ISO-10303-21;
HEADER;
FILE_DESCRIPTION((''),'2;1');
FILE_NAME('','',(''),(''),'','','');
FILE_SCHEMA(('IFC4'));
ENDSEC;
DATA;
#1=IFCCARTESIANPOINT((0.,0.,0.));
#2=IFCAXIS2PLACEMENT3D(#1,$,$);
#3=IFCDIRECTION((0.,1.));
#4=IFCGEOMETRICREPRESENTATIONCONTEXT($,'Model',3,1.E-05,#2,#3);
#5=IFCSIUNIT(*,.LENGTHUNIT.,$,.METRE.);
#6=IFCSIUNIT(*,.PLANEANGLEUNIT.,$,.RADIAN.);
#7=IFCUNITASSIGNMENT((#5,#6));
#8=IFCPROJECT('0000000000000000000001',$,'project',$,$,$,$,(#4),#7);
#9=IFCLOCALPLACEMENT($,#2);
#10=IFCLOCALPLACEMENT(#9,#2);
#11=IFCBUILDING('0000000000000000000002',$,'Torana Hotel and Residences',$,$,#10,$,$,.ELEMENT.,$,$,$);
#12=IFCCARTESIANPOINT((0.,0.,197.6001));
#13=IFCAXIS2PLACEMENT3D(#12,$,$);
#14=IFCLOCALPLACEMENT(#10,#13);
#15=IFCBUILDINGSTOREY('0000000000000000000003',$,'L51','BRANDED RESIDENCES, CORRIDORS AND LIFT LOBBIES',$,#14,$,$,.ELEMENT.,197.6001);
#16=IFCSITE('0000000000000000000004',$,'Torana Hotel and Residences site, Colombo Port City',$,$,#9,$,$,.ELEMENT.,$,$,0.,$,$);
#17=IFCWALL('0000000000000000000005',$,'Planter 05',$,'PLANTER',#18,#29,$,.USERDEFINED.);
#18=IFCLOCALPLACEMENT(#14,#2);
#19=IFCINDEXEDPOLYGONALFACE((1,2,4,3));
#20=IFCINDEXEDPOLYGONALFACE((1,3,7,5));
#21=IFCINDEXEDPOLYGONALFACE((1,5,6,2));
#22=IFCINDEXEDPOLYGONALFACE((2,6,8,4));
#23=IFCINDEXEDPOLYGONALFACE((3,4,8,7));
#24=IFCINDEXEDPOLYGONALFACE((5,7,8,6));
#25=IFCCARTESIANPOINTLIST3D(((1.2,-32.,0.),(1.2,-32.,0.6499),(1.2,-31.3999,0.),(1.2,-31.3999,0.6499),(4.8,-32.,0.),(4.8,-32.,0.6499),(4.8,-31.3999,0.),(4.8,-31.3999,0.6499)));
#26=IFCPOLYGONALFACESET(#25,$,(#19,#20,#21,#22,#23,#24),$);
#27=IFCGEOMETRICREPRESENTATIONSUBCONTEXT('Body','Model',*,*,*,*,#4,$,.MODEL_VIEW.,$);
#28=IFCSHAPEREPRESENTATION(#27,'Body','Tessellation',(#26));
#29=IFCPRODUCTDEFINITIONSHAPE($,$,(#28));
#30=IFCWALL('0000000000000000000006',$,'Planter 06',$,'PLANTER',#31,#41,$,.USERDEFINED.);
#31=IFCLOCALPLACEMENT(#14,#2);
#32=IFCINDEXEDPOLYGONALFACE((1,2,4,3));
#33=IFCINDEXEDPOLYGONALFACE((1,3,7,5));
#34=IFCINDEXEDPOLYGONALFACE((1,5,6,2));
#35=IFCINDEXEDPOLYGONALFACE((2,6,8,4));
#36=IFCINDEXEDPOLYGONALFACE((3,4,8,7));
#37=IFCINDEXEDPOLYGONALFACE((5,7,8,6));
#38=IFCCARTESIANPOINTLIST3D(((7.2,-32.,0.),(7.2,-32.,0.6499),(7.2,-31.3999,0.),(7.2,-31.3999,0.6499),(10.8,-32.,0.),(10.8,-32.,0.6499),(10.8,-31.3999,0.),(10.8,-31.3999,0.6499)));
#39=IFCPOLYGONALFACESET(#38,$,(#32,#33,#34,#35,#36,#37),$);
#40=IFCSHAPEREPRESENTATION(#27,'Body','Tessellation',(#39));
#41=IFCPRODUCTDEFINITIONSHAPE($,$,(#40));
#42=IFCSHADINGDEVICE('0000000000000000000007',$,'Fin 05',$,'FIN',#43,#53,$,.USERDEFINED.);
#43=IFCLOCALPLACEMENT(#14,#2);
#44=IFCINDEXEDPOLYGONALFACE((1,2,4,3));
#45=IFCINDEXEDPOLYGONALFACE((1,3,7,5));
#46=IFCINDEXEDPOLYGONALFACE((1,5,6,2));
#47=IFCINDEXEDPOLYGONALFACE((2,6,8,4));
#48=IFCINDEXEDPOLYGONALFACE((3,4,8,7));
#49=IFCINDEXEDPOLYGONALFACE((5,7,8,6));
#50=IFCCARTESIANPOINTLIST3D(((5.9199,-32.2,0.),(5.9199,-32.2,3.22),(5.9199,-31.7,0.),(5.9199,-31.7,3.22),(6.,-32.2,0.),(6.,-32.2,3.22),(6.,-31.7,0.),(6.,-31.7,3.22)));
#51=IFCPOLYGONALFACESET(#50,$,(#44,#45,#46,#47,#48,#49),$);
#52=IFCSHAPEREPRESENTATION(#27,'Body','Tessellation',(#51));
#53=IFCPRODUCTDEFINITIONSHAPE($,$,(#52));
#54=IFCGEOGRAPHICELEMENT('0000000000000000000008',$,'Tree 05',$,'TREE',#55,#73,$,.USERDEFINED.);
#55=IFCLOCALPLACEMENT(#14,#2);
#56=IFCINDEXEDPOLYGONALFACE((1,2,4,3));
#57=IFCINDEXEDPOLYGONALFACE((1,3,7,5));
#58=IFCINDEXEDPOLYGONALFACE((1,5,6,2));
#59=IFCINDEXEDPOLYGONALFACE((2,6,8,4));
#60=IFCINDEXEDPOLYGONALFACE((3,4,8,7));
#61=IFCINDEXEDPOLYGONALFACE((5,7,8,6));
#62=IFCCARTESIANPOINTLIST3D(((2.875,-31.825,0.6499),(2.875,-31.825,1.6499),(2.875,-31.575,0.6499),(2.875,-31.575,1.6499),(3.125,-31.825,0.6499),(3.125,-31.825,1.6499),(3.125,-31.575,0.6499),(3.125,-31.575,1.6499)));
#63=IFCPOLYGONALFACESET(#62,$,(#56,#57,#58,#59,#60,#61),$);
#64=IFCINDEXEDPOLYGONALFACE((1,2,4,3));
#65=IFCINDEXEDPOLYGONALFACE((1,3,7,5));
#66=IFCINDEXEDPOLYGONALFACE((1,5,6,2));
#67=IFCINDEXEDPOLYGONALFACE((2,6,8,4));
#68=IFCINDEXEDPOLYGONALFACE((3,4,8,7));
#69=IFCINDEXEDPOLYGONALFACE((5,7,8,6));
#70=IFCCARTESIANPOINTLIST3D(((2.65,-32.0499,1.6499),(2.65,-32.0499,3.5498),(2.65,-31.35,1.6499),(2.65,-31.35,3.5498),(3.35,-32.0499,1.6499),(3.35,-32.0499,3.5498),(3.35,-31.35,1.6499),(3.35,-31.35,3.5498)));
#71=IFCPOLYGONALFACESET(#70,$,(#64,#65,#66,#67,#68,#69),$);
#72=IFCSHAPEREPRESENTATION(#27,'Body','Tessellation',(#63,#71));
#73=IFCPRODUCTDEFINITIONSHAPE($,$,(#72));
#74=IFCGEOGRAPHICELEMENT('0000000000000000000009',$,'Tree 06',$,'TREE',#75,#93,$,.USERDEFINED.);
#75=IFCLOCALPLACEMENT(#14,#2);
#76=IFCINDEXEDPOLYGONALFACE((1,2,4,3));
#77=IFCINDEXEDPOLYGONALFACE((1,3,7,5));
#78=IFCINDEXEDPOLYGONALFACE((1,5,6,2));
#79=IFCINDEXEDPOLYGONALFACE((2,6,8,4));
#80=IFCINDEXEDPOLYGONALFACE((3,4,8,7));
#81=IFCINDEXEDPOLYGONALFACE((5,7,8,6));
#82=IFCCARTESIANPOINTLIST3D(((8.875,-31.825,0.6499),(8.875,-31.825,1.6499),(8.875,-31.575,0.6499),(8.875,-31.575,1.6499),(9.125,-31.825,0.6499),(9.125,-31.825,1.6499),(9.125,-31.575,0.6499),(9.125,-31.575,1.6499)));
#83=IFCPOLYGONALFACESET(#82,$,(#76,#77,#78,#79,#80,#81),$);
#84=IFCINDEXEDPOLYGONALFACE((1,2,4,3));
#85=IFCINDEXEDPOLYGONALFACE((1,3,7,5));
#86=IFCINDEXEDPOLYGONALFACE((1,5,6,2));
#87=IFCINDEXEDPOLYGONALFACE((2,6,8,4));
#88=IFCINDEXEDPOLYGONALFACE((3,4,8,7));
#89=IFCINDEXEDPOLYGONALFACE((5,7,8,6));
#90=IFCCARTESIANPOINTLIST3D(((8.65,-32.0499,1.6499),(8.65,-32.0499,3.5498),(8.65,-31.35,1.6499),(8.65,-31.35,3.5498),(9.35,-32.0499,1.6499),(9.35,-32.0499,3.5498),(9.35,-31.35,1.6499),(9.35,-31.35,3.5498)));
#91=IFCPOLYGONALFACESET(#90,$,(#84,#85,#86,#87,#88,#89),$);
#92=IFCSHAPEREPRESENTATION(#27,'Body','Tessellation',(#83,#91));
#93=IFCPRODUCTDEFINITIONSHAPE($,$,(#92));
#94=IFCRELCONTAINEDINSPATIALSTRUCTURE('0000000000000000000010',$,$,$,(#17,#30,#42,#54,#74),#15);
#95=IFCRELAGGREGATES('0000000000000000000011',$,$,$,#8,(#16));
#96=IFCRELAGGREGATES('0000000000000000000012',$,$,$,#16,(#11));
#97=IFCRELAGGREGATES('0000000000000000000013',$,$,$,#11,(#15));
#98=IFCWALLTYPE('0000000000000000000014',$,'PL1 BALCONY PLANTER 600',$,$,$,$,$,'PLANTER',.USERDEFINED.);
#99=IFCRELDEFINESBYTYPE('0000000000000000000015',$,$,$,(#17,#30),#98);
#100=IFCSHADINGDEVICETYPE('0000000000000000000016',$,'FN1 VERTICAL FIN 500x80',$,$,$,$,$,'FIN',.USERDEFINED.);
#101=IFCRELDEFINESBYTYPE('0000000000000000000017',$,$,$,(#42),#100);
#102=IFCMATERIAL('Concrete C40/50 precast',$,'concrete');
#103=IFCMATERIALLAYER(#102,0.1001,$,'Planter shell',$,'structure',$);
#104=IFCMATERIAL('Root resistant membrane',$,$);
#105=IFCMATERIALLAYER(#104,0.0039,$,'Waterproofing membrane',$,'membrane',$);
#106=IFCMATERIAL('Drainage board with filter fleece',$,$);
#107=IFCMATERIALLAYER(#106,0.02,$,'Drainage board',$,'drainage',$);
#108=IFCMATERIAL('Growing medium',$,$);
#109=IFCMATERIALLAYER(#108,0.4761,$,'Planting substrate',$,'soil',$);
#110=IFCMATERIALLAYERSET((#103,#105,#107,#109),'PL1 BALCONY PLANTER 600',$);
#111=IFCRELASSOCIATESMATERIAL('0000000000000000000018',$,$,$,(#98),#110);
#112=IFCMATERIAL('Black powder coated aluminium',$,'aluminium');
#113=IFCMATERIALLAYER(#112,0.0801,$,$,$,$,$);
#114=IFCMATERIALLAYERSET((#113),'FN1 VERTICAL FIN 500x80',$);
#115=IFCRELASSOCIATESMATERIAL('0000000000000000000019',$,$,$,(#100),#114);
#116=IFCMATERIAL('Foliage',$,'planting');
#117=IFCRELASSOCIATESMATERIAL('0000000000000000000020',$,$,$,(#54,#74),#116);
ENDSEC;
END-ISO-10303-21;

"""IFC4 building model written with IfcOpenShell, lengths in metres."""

from ifc_helpers import new_model, si_unit, direction, frame, frame_2d, origin, origin_2d, place, context, subcontext, project, spatial, rectangle, extrude, material, layer, layer_set, type_object, element, save


model = new_model("IFC4")

# Units and contexts
model_context = context("Model", 3, precision=1e-05, world=origin(), true_north=direction((0.0, 1.0)))
body_context = subcontext(model_context, "Body", "Model", "MODEL_VIEW")
ifc_project = project(units=[si_unit("LENGTHUNIT", "METRE"), si_unit("PLANEANGLEUNIT", "RADIAN")], contexts=[model_context])

# Site, building, storey
site_placement = place(None, origin())
site = spatial("IfcSite", under=ifc_project, at=site_placement, Name="Torana Hotel and Residences site, Colombo Port City", CompositionType="ELEMENT", RefElevation=0.0)
building_placement = place(site_placement, origin())
building = spatial("IfcBuilding", under=site, at=building_placement, Name="Torana Hotel and Residences", CompositionType="ELEMENT")
storey_placement = place(building_placement, frame((0.0, 0.0, 197.6001)))
storey = spatial("IfcBuildingStorey", under=building, at=storey_placement, Name="L51", Description="BRANDED RESIDENCES, CORRIDORS AND LIFT LOBBIES", CompositionType="ELEMENT", Elevation=197.6001)

# Walls
ifc_material_1 = material(Name="Concrete C40/50 precast", Category="concrete")
ifc_layer_1 = layer(ifc_material_1, 0.1001, Name="Planter shell", Category="structure")
ifc_material_2 = material(Name="Root resistant membrane")
ifc_layer_2 = layer(ifc_material_2, 0.0039, Name="Waterproofing membrane", Category="membrane")
ifc_material_3 = material(Name="Drainage board with filter fleece")
ifc_layer_3 = layer(ifc_material_3, 0.02, Name="Drainage board", Category="drainage")
ifc_material_4 = material(Name="Growing medium")
ifc_layer_4 = layer(ifc_material_4, 0.4761, Name="Planting substrate", Category="soil")
ifc_layer_set_1 = layer_set([ifc_layer_1, ifc_layer_2, ifc_layer_3, ifc_layer_4], Name="PL1 BALCONY PLANTER 600")
wall_type_1 = type_object("IfcWallType", Name="PL1 BALCONY PLANTER 600", ElementType="PLANTER", PredefinedType="USERDEFINED", material=ifc_layer_set_1)
for number, where, z_axis, x_axis, name in (
    (1, (4.8, -31.7, 0.0), (0.0, 0.0, 1.0), (-1.0, 0.0, 0.0), "Planter 05"),
    (2, (10.8, -31.7, 0.0), (0.0, 0.0, 1.0), (-1.0, 0.0, 0.0), "Planter 06"),
):
    element("IfcWall", number, at=place(storey_placement, frame(where, z_axis=z_axis, x_axis=x_axis)), inside=storey, type_object=wall_type_1, Name=name, ObjectType="PLANTER", PredefinedType="USERDEFINED", context=body_context, shape_type="SweptSolid", body=[
        extrude(rectangle(XDim=3.6001, YDim=0.6001, at=frame_2d((1.8, 0.0))), origin(), (0.0, 0.0, 1.0), 0.6499),
    ])

# Shading device
ifc_material_5 = material(Name="Black powder coated aluminium", Category="aluminium")
ifc_layer_5 = layer(ifc_material_5, 0.0801)
ifc_layer_set_2 = layer_set([ifc_layer_5], Name="FN1 VERTICAL FIN 500x80")
shading_device_type = type_object("IfcShadingDeviceType", Name="FN1 VERTICAL FIN 500x80", ElementType="FIN", PredefinedType="USERDEFINED", material=ifc_layer_set_2)
shading_device_placement = place(storey_placement, frame((5.96, -31.95, 0.0), z_axis=(0.0, 0.0, 1.0), x_axis=(-1.0, 0.0, 0.0)))
element("IfcShadingDevice", 3, at=shading_device_placement, inside=storey, type_object=shading_device_type, Name="Fin 05", ObjectType="FIN", PredefinedType="USERDEFINED", context=body_context, shape_type="SweptSolid", body=[
    extrude(rectangle(XDim=0.0801, YDim=0.5, at=origin_2d()), origin(), (0.0, 0.0, 1.0), 3.22),
])

# Geographic elements
ifc_material_6 = material(Name="Foliage", Category="planting")
for number, where, z_axis, x_axis, name in (
    (4, (3.0, -31.7, 0.6499), (0.0, 0.0, 1.0), (1.0, 0.0, 0.0), "Tree 05"),
    (5, (9.0, -31.7, 0.6499), (0.0, 0.0, 1.0), (1.0, 0.0, 0.0), "Tree 06"),
):
    element("IfcGeographicElement", number, at=place(storey_placement, frame(where, z_axis=z_axis, x_axis=x_axis)), inside=storey, material=ifc_material_6, Name=name, ObjectType="TREE", PredefinedType="USERDEFINED", context=body_context, shape_type="SweptSolid", body=[
        extrude(rectangle(XDim=0.25, YDim=0.25, at=origin_2d()), origin(), (0.0, 0.0, 1.0), 1.0),
        extrude(rectangle(XDim=0.7, YDim=0.7, at=origin_2d()), frame((0.0, 0.0, 1.0)), (0.0, 0.0, 1.0), 1.8999),
    ])

save(model, "model.ifc")
